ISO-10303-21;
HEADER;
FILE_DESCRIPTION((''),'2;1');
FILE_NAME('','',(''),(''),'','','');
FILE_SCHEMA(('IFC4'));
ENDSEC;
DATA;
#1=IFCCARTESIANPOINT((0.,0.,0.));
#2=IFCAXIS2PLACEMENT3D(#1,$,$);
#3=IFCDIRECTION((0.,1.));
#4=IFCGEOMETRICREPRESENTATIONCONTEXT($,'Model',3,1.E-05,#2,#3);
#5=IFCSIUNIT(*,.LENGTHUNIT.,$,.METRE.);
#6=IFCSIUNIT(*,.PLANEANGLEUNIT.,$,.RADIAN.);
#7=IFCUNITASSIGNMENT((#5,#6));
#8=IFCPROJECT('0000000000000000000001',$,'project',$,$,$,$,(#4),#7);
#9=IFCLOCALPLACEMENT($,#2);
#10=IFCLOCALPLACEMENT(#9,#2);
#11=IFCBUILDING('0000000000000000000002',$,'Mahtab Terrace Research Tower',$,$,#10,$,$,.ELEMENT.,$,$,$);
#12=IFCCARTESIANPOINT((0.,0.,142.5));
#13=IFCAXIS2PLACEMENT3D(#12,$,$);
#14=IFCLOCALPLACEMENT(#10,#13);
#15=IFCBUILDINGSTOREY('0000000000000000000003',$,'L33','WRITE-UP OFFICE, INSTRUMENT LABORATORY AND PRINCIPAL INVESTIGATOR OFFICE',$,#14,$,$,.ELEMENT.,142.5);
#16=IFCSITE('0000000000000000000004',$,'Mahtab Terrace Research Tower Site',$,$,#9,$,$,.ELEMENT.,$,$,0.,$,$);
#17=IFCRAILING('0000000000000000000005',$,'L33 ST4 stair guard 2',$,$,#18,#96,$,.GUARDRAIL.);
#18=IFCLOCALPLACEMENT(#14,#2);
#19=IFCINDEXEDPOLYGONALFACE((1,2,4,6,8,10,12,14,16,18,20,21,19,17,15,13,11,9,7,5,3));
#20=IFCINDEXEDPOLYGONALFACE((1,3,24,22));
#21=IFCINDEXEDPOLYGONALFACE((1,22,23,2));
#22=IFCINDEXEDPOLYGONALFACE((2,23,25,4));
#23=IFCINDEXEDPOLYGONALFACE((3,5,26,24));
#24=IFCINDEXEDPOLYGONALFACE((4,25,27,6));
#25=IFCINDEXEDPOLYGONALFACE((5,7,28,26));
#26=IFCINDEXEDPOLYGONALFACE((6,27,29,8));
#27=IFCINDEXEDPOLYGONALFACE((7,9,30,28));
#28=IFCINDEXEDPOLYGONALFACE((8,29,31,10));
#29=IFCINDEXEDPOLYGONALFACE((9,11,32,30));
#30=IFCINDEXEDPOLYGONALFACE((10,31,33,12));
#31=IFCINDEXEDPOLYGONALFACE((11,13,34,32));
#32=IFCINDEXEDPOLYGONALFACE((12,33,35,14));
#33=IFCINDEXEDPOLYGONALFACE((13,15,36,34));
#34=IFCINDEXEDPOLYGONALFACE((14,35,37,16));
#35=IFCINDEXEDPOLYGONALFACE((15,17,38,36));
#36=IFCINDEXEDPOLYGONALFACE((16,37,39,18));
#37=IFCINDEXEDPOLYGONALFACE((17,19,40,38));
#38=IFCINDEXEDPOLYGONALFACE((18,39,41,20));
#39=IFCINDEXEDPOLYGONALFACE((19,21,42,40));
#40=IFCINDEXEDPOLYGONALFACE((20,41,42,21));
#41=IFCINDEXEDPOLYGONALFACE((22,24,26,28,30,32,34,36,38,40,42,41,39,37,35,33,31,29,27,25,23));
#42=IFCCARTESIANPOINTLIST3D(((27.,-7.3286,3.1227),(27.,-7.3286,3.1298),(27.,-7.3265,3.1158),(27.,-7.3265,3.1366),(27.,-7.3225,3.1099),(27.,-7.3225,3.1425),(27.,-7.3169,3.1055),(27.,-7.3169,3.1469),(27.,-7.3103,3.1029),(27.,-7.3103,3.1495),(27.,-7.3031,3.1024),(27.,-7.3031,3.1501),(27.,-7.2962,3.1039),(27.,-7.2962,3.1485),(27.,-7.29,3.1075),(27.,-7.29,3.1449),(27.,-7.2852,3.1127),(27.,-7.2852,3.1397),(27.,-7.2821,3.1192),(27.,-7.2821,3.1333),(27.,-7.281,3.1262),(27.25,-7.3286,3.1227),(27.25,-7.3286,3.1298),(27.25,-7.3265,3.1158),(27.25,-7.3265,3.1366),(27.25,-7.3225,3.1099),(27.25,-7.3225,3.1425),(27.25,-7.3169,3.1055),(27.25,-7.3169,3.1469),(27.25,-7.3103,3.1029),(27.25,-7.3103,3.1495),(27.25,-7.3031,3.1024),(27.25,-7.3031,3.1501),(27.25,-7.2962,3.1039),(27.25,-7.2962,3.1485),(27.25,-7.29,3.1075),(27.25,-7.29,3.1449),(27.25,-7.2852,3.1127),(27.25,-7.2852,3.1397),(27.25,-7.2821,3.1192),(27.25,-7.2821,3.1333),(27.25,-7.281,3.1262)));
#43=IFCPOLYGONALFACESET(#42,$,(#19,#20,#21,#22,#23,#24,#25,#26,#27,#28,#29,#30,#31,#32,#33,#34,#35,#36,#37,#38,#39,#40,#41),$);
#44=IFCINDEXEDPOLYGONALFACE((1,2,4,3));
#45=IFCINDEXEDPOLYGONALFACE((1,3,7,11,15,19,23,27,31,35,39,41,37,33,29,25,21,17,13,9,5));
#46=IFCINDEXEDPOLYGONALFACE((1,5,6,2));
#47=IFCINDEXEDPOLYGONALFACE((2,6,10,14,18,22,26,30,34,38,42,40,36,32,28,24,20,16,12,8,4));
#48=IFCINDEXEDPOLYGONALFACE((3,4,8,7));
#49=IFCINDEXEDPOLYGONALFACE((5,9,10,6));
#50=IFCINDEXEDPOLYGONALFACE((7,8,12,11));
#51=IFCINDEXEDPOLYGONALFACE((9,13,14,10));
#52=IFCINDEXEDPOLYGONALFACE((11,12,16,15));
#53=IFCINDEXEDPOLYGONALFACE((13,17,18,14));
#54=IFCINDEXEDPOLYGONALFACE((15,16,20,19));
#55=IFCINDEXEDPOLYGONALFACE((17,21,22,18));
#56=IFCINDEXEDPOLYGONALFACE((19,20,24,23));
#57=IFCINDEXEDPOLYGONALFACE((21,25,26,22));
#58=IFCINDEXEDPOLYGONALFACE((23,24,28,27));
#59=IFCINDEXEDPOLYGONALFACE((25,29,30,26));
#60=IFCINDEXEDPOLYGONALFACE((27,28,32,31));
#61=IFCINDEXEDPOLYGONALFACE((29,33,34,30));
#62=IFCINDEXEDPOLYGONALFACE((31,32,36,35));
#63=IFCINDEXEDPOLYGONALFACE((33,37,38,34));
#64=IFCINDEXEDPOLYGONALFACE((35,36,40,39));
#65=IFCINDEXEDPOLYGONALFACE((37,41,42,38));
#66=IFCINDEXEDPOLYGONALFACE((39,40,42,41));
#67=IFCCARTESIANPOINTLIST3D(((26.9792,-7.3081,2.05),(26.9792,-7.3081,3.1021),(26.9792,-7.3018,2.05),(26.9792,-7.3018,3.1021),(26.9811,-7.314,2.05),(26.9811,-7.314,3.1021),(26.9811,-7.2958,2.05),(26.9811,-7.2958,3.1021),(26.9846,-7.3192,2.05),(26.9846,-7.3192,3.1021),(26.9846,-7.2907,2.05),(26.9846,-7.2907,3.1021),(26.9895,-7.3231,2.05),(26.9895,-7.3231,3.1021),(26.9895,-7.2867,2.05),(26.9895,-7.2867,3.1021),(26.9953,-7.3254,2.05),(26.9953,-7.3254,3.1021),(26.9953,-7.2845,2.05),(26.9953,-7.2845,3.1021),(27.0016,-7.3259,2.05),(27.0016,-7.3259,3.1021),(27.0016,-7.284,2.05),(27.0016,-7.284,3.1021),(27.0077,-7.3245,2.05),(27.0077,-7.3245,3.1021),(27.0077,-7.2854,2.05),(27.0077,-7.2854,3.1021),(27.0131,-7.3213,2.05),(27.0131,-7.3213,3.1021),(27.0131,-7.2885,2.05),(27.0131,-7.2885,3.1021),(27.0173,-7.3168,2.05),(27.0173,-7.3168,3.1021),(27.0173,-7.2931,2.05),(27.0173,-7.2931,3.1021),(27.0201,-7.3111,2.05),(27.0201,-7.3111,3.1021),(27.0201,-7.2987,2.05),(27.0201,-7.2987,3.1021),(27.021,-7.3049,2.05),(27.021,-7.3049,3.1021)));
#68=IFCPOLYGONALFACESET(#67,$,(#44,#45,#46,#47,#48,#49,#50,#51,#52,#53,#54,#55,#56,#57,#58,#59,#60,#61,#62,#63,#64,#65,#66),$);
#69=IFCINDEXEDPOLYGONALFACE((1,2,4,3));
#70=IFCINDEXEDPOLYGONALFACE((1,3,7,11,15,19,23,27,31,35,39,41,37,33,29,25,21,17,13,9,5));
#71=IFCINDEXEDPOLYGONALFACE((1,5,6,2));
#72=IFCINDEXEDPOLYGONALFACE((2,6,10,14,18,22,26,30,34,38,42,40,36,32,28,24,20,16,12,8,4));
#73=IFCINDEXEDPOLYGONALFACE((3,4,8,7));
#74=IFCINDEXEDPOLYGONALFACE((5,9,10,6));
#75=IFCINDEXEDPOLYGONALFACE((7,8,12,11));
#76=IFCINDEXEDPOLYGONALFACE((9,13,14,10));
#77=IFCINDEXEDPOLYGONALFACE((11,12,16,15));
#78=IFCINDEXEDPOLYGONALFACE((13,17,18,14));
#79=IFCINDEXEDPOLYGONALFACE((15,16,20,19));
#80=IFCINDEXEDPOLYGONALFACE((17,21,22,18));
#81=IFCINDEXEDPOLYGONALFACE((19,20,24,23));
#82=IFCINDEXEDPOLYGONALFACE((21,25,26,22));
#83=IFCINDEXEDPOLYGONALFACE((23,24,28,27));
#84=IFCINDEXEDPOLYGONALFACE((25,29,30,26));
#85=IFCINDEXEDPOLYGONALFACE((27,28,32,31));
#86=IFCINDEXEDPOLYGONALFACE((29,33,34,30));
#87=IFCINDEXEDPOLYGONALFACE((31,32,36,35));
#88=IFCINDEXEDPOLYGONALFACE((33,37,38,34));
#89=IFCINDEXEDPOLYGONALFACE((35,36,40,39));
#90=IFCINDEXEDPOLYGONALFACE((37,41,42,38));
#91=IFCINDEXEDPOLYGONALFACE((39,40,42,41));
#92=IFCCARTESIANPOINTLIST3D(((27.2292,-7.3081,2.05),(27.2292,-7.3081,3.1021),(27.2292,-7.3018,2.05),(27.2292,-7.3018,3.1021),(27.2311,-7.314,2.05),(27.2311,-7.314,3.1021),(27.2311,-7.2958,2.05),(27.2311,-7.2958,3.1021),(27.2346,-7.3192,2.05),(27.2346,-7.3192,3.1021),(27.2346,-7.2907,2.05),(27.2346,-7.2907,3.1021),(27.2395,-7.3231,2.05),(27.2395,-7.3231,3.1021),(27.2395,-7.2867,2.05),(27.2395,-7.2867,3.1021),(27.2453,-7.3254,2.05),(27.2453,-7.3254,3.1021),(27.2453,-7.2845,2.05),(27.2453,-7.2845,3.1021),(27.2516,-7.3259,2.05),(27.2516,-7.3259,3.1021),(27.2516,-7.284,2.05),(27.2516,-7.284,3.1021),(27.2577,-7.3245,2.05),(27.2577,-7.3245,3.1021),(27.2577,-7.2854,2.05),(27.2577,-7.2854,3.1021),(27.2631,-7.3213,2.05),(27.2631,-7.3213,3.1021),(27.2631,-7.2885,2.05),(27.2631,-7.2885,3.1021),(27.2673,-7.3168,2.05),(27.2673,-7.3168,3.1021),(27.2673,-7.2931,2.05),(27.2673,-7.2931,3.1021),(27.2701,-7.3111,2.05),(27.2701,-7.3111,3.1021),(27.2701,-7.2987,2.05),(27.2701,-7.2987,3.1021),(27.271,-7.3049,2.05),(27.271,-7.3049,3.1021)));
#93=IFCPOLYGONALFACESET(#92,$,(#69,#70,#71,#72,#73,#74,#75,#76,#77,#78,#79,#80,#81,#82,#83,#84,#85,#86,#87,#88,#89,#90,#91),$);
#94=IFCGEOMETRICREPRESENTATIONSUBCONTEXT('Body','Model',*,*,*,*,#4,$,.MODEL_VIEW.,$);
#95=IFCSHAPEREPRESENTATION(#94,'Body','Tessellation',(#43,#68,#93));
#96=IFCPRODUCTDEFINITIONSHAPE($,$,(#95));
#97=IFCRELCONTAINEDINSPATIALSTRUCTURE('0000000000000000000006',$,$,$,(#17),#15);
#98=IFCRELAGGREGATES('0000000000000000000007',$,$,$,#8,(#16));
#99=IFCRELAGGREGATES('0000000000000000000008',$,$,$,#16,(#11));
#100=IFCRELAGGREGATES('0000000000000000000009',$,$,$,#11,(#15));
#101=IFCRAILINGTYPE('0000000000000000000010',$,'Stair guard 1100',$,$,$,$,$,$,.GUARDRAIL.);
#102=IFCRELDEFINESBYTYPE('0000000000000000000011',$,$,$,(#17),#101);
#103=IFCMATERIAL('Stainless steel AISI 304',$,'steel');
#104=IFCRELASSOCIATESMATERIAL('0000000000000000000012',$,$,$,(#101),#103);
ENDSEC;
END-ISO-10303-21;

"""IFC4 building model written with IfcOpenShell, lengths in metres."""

from ifc_helpers import new_model, si_unit, direction, frame, origin, origin_2d, place, context, subcontext, project, spatial, circle, extrude, material, type_object, element, save


model = new_model("IFC4")

# Units and contexts
model_context = context("Model", 3, precision=1e-05, world=origin(), true_north=direction((0.0, 1.0)))
body_context = subcontext(model_context, "Body", "Model", "MODEL_VIEW")
ifc_project = project(units=[si_unit("LENGTHUNIT", "METRE"), si_unit("PLANEANGLEUNIT", "RADIAN")], contexts=[model_context])

# Site, building, storey
site_placement = place(None, origin())
site = spatial("IfcSite", under=ifc_project, at=site_placement, Name="Mahtab Terrace Research Tower Site", CompositionType="ELEMENT", RefElevation=0.0)
building_placement = place(site_placement, origin())
building = spatial("IfcBuilding", under=site, at=building_placement, Name="Mahtab Terrace Research Tower", CompositionType="ELEMENT")
storey_placement = place(building_placement, frame((0.0, 0.0, 142.5)))
storey = spatial("IfcBuildingStorey", under=building, at=storey_placement, Name="L33", Description="WRITE-UP OFFICE, INSTRUMENT LABORATORY AND PRINCIPAL INVESTIGATOR OFFICE", CompositionType="ELEMENT", Elevation=142.5)

# Railing
ifc_material_1 = material(Name="Stainless steel AISI 304", Category="steel")
railing_type_1 = type_object("IfcRailingType", Name="Stair guard 1100", PredefinedType="GUARDRAIL", material=ifc_material_1)
railing_1_placement = place(storey_placement, frame((27.0, -7.3049, 2.05)))
element("IfcRailing", 1, at=railing_1_placement, inside=storey, type_object=railing_type_1, Name="L33 ST4 stair guard 2", PredefinedType="GUARDRAIL", context=body_context, shape_type="SweptSolid", body=[
    extrude(circle(Radius=0.0239, at=origin_2d()), frame((0.0, 0.0, 1.0762), z_axis=(1.0, 0.0, 0.0), x_axis=(0.0, 1.0, 0.0)), (0.0, 0.0, 1.0), 0.25),
    extrude(circle(Radius=0.021, at=origin_2d()), origin(), (0.0, 0.0, 1.0), 1.052),
    extrude(circle(Radius=0.021, at=origin_2d()), frame((0.25, 0.0, 0.0)), (0.0, 0.0, 1.0), 1.052),
])

save(model, "model.ifc")
